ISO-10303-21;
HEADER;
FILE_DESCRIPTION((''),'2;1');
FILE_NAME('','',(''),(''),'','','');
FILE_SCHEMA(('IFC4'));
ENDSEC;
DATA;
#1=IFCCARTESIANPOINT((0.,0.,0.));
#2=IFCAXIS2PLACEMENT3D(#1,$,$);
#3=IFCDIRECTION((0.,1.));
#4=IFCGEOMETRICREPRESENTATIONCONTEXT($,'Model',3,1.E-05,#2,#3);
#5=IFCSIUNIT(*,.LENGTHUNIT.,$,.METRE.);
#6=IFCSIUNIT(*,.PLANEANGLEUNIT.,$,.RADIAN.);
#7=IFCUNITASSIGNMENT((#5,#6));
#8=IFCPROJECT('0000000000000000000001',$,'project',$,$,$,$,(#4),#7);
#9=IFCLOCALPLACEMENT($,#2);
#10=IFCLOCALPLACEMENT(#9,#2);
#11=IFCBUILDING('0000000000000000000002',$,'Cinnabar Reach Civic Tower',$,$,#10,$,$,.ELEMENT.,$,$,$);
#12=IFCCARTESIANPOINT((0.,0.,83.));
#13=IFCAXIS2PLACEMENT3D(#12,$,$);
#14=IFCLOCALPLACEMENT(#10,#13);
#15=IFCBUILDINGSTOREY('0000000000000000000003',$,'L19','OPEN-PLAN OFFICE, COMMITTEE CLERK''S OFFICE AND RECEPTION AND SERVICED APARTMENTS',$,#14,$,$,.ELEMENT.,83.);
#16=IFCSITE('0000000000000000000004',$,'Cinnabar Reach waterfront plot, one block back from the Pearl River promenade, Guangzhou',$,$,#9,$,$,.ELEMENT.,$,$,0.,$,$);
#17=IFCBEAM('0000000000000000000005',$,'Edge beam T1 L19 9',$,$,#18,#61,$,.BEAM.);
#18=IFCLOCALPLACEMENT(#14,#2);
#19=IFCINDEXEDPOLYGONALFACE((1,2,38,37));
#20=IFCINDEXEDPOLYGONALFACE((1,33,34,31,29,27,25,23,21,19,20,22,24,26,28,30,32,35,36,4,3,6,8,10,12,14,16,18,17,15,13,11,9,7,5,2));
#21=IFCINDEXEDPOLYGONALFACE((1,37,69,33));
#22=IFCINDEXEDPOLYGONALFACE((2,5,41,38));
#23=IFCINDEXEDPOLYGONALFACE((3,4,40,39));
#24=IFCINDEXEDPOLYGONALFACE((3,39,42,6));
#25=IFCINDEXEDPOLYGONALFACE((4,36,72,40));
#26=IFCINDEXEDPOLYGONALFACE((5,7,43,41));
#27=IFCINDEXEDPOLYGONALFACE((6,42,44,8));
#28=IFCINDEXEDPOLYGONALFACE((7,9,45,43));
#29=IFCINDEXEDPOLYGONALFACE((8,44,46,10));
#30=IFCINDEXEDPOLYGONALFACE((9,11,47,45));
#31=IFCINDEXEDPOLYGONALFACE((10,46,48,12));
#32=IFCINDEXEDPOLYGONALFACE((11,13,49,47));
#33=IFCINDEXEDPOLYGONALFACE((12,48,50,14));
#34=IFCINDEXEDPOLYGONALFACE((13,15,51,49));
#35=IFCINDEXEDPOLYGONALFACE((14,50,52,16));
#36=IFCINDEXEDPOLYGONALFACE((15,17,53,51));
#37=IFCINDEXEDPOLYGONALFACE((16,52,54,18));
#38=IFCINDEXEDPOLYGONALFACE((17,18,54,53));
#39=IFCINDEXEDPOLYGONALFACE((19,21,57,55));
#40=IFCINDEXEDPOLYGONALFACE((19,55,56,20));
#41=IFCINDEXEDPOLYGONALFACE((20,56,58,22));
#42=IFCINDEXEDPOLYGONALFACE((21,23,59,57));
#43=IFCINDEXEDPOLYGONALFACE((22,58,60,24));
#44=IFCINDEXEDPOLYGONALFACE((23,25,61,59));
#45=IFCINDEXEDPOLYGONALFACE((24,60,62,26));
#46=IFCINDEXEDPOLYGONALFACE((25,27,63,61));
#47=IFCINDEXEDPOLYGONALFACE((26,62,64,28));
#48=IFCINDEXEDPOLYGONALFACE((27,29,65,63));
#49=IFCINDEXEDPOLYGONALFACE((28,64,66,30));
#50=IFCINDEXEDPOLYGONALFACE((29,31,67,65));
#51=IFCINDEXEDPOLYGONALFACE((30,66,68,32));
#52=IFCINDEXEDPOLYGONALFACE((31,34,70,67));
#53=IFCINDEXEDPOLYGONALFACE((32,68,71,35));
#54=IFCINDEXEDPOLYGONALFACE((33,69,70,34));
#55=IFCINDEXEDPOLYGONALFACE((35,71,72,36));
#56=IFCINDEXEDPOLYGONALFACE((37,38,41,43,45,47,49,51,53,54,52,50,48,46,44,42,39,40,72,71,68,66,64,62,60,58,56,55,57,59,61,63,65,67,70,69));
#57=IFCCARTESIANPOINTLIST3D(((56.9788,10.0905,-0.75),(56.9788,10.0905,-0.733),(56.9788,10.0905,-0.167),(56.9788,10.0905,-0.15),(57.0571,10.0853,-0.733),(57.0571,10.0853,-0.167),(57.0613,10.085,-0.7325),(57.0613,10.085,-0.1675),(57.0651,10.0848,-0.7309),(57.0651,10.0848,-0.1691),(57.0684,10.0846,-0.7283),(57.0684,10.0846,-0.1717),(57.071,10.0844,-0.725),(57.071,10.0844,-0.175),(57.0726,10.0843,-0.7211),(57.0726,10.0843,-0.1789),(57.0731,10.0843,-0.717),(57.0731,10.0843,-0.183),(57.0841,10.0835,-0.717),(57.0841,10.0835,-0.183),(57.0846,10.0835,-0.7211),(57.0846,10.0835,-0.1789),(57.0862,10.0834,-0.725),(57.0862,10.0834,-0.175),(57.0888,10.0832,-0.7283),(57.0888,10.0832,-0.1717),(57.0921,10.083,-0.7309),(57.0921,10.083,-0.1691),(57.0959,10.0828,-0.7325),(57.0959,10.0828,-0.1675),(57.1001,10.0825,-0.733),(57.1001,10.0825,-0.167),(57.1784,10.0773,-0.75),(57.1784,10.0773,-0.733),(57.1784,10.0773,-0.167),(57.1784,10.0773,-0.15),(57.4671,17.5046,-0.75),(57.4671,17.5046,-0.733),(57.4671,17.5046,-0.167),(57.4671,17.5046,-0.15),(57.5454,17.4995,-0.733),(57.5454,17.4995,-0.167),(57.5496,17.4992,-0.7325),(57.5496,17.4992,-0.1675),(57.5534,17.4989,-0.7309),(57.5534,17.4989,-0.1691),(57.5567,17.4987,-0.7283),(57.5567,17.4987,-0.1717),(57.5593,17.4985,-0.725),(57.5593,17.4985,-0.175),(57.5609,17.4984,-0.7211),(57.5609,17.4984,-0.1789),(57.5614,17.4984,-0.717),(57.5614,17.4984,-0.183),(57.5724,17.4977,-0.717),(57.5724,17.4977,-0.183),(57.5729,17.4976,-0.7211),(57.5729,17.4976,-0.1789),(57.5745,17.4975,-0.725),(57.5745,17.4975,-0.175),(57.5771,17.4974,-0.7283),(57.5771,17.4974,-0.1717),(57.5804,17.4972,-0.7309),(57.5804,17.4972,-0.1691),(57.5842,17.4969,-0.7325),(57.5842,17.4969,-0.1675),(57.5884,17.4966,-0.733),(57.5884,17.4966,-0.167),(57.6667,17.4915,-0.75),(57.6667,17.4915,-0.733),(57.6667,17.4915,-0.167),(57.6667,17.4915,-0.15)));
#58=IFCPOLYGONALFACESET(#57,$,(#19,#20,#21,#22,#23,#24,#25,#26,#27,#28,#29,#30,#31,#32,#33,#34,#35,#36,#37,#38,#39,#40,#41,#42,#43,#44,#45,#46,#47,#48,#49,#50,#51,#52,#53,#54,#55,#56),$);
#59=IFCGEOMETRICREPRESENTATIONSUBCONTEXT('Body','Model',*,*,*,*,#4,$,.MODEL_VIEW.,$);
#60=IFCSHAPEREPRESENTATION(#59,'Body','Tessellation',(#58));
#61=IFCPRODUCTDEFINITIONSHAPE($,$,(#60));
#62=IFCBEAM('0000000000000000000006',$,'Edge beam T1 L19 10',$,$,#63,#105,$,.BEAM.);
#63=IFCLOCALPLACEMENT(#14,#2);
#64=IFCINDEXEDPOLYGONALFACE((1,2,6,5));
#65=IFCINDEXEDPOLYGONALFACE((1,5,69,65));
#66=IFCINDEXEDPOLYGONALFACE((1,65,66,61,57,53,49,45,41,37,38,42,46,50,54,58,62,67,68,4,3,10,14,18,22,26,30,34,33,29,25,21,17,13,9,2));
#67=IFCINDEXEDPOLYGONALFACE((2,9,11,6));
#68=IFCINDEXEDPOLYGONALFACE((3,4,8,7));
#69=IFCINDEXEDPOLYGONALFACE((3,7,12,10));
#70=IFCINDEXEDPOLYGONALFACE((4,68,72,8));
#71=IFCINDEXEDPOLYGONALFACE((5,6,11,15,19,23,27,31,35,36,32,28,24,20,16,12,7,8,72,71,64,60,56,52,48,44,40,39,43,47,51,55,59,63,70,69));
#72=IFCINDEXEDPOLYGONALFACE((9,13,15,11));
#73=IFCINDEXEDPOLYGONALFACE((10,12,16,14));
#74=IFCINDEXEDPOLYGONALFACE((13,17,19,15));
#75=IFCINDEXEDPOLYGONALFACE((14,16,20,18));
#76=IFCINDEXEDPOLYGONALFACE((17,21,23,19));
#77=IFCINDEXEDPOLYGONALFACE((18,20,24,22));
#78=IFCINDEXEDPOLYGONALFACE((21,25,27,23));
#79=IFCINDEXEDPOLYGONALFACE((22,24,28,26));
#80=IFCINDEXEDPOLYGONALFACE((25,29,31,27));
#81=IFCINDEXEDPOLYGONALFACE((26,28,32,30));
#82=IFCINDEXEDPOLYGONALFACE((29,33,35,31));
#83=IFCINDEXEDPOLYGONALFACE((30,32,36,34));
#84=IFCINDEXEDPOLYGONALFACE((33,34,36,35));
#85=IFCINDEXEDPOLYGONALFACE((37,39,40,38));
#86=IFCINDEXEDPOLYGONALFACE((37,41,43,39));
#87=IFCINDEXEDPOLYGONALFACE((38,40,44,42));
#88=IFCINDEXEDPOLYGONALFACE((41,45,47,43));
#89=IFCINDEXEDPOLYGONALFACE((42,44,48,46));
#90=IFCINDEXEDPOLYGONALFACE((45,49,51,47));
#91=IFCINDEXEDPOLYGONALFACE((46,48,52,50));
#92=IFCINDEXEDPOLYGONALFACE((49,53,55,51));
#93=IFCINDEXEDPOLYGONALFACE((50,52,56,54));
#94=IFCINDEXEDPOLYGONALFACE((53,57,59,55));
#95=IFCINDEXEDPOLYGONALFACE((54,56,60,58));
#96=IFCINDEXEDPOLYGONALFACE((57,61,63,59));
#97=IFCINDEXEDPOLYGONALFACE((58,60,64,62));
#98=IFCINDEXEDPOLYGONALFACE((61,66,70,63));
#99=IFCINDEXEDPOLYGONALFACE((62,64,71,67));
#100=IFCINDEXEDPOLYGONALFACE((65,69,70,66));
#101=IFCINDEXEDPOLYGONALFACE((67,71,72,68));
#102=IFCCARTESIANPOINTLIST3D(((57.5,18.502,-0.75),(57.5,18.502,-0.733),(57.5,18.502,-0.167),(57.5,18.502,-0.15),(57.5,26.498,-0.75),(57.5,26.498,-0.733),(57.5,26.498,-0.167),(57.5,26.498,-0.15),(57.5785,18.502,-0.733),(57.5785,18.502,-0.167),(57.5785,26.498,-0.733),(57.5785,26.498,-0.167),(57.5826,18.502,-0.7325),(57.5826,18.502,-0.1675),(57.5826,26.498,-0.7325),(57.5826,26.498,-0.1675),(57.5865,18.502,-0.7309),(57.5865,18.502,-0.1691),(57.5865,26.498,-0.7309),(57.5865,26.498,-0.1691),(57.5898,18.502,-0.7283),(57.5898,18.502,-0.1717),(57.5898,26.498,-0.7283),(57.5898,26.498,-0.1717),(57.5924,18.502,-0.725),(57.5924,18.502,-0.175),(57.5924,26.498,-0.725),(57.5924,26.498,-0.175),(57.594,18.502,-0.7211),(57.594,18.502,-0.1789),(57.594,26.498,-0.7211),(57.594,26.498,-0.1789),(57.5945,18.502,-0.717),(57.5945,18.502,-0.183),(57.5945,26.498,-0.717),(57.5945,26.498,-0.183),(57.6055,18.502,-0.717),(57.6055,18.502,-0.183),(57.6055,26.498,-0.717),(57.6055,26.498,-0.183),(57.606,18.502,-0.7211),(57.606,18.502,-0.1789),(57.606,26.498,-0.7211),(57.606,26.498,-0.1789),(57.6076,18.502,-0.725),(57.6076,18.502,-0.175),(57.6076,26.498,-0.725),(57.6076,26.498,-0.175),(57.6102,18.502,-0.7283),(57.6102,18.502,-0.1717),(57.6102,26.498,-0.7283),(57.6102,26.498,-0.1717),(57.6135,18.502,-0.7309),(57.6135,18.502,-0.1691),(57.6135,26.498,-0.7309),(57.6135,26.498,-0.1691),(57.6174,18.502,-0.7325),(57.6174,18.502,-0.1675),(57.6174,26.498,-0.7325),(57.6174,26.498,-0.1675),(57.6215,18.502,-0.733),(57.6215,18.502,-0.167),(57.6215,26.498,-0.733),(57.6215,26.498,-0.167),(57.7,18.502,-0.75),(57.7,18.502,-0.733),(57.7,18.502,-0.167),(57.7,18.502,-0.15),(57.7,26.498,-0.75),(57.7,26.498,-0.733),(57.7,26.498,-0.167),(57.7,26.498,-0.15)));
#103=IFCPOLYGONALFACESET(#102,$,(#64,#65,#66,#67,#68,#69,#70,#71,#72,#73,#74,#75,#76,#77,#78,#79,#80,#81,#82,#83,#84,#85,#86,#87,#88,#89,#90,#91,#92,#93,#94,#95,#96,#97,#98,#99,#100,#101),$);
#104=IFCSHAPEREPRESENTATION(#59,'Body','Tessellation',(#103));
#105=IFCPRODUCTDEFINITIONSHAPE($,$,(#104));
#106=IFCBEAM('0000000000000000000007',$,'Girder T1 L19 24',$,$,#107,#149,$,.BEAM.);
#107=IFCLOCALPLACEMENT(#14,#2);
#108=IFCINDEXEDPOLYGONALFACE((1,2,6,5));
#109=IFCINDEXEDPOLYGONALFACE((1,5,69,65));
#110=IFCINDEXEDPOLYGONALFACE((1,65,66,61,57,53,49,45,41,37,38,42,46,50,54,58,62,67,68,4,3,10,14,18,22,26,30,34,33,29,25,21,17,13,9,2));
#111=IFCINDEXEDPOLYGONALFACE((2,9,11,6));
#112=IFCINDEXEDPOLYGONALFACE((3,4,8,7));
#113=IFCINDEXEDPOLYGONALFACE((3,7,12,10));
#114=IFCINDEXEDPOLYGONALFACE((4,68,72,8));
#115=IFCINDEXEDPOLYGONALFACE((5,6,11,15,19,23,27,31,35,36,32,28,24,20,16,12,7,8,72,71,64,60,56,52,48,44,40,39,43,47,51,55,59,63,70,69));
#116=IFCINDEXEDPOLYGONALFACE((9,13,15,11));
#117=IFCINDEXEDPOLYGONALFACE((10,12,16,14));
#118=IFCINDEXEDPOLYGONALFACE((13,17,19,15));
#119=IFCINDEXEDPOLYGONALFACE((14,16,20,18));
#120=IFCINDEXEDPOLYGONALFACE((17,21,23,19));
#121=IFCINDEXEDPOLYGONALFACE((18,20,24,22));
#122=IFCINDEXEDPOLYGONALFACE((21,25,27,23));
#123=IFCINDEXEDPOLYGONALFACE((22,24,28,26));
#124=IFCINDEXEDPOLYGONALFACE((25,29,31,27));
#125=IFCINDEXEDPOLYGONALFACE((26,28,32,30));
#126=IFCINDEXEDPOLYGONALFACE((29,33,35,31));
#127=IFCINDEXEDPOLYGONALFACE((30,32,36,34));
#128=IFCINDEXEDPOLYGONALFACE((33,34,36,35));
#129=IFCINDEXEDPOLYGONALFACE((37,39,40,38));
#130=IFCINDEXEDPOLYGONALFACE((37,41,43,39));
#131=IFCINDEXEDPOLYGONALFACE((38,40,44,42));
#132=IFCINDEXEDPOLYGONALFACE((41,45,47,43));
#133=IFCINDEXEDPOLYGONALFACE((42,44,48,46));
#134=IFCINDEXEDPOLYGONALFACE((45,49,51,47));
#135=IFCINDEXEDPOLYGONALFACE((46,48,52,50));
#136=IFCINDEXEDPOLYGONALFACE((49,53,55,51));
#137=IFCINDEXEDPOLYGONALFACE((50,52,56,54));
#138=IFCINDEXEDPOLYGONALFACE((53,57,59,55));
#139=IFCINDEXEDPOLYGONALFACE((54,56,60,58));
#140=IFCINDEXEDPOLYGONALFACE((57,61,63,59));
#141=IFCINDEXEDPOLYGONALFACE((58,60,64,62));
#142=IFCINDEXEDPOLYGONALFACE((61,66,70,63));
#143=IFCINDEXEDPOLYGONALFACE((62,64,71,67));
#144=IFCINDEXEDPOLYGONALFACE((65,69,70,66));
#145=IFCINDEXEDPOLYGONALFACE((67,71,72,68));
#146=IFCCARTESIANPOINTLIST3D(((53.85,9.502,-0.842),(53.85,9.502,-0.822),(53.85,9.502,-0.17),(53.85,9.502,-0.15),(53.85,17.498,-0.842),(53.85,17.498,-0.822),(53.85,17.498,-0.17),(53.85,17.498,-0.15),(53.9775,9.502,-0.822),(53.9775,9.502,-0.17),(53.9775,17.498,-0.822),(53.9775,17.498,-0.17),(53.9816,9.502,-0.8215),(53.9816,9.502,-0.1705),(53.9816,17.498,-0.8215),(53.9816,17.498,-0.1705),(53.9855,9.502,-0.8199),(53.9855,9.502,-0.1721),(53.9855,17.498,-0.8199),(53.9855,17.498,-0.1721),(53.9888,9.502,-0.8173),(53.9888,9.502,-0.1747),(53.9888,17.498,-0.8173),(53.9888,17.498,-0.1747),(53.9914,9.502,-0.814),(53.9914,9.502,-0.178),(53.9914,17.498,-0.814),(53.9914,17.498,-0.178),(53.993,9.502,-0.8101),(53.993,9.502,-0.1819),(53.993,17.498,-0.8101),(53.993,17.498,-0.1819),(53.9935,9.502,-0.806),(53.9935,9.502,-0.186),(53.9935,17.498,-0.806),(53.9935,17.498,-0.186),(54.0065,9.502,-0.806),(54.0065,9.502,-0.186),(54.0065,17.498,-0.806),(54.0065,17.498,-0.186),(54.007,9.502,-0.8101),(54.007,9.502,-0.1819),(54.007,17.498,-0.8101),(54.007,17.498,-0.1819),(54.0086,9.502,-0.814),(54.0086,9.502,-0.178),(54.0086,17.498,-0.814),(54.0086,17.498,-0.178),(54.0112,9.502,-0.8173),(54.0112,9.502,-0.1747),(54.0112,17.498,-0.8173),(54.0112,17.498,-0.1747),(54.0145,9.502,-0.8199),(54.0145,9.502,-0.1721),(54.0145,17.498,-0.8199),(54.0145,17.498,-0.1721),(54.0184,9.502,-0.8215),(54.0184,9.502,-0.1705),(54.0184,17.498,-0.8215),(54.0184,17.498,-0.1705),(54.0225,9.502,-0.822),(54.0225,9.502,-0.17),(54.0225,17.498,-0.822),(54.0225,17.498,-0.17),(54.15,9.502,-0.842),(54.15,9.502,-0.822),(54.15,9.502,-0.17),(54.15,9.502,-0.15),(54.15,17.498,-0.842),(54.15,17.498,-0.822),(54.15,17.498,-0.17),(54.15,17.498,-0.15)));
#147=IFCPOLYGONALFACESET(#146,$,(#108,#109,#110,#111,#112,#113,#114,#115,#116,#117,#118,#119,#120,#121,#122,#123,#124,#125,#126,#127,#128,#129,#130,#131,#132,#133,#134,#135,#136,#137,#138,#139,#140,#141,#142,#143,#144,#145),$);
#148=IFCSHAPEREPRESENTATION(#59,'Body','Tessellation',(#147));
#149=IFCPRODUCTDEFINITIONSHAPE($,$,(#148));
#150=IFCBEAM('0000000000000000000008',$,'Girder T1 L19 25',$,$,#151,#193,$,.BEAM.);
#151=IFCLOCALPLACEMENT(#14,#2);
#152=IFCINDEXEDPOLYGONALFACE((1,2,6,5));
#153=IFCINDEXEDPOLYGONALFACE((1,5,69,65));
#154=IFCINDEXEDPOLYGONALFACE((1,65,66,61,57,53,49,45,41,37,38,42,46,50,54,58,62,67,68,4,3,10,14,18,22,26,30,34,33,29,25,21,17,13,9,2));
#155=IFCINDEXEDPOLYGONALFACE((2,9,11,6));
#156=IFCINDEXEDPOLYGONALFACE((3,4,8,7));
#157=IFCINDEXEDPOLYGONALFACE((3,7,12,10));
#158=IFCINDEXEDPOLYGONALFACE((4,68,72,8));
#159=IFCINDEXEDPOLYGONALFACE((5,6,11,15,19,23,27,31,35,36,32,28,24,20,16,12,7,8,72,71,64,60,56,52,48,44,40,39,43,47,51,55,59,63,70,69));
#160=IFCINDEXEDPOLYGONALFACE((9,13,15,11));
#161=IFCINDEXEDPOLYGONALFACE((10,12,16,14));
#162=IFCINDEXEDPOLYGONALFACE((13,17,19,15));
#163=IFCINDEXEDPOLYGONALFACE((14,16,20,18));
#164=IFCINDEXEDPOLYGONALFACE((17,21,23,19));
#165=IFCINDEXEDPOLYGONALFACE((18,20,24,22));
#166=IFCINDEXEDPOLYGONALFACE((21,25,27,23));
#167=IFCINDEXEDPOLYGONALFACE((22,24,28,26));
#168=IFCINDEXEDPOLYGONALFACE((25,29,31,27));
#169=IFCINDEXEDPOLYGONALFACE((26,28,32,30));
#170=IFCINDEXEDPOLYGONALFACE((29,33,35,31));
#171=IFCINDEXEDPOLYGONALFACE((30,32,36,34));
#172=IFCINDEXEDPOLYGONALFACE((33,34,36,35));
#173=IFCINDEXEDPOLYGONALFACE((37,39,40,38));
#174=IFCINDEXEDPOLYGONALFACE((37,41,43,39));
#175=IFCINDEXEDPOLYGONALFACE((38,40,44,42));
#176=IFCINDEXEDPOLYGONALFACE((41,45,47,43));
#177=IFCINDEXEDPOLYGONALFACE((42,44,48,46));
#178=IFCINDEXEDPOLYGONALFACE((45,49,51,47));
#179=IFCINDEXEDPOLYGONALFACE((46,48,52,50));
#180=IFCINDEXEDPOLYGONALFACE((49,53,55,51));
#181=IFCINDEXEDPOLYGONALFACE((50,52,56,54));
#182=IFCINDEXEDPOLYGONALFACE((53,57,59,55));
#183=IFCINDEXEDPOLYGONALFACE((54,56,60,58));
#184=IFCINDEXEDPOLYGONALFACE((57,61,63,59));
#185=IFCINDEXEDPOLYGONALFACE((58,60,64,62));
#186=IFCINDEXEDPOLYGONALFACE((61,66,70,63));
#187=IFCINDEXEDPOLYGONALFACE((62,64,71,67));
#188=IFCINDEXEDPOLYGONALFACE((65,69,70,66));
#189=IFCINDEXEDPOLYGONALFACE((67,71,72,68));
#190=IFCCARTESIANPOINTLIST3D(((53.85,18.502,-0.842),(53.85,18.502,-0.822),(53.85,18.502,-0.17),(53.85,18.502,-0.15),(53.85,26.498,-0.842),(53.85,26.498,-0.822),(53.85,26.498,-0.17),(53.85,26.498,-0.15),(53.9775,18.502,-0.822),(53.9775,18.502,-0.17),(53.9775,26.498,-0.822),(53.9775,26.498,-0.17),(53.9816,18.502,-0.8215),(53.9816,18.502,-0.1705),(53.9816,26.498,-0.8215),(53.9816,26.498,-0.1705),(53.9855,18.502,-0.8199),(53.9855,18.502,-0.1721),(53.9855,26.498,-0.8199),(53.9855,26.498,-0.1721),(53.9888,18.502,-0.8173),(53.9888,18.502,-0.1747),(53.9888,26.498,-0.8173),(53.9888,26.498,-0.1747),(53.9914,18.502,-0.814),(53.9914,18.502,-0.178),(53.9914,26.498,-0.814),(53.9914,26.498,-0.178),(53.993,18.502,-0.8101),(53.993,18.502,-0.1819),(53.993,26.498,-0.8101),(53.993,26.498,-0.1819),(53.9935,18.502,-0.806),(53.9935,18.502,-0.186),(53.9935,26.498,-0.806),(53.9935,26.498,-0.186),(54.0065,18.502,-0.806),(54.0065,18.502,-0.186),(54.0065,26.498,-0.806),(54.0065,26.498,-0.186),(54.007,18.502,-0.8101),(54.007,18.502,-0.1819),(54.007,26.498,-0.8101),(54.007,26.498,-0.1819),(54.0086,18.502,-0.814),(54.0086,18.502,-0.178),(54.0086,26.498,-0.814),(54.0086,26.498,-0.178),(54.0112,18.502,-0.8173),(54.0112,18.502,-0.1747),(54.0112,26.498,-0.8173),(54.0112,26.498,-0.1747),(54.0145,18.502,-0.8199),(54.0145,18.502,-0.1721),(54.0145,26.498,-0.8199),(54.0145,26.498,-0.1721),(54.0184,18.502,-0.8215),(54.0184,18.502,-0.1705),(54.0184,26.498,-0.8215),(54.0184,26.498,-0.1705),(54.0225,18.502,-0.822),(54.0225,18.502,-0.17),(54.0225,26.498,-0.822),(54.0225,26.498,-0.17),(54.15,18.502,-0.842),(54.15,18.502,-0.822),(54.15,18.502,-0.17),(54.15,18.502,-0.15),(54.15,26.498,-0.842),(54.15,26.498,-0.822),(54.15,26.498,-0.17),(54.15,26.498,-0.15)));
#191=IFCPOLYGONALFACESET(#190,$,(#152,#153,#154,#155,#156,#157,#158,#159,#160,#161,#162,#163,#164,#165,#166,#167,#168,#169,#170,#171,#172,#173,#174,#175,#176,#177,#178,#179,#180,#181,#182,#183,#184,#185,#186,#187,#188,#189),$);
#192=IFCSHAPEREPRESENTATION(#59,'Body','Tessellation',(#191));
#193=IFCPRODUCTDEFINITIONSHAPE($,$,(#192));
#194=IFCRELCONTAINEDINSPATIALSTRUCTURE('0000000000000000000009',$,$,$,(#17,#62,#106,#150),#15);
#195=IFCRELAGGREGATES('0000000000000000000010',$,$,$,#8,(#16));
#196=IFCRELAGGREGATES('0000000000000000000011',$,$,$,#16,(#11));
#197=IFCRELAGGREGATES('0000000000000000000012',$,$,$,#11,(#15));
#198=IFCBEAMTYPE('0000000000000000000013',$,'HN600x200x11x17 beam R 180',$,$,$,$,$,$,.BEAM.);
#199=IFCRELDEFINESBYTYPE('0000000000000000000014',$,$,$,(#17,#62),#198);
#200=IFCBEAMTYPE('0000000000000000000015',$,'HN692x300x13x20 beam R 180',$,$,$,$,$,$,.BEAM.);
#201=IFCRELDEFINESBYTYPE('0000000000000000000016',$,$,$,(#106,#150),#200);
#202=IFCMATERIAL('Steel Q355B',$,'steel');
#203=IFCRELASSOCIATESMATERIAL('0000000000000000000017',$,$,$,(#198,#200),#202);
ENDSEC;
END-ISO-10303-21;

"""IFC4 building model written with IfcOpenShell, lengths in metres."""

from ifc_helpers import new_model, si_unit, direction, frame, origin, origin_2d, place, context, subcontext, project, spatial, i_section, extrude, material, material_profile, profile_set, type_object, element, save


model = new_model("IFC4")

# Units and contexts
model_context = context("Model", 3, precision=1e-05, world=origin(), true_north=direction((0.0, 1.0)))
body_context = subcontext(model_context, "Body", "Model", "MODEL_VIEW")
ifc_project = project(units=[si_unit("LENGTHUNIT", "METRE"), si_unit("PLANEANGLEUNIT", "RADIAN")], contexts=[model_context])

# Site, building, storey
site_placement = place(None, origin())
site = spatial("IfcSite", under=ifc_project, at=site_placement, Name="Cinnabar Reach waterfront plot, one block back from the Pearl River promenade, Guangzhou", CompositionType="ELEMENT", RefElevation=0.0)
building_placement = place(site_placement, origin())
building = spatial("IfcBuilding", under=site, at=building_placement, Name="Cinnabar Reach Civic Tower", CompositionType="ELEMENT")
storey_placement = place(building_placement, frame((0.0, 0.0, 83.0)))
storey = spatial("IfcBuildingStorey", under=building, at=storey_placement, Name="L19", Description="OPEN-PLAN OFFICE, COMMITTEE CLERK'S OFFICE AND RECEPTION AND SERVICED APARTMENTS", CompositionType="ELEMENT", Elevation=83.0)

# Beams
ifc_material_1 = material(Name="Steel Q355B", Category="steel")
ifc_material_profile_1 = material_profile(ifc_material_1, i_section(OverallWidth=0.2, OverallDepth=0.6, WebThickness=0.011, FlangeThickness=0.017, FilletRadius=0.016, at=origin_2d()), Name="HN600x200x11x17")
ifc_profile_set_1 = profile_set([ifc_material_profile_1], Name="Steel Q355B")
beam_type_1 = type_object("IfcBeamType", Name="HN600x200x11x17 beam R 180", PredefinedType="BEAM", material=ifc_profile_set_1)
beam_1_placement = place(storey_placement, frame((57.0786, 10.0839, -0.45), z_axis=(0.065719, 0.997838, 0.0), x_axis=(-0.997838, 0.065719, 0.0)))
element("IfcBeam", 1, at=beam_1_placement, inside=storey, type_object=beam_type_1, Name="Edge beam T1 L19 9", PredefinedType="BEAM", context=body_context, shape_type="SweptSolid", body=[
    extrude(i_section(OverallWidth=0.2, OverallDepth=0.6, WebThickness=0.011, FlangeThickness=0.017, FilletRadius=0.016, at=origin_2d()), origin(), (0.0, 0.0, 1.0), 7.4302),
])
beam_2_placement = place(storey_placement, frame((57.6, 18.502, -0.45), z_axis=(0.0, 1.0, 0.0), x_axis=(-1.0, 0.0, 0.0)))
element("IfcBeam", 2, at=beam_2_placement, inside=storey, type_object=beam_type_1, Name="Edge beam T1 L19 10", PredefinedType="BEAM", context=body_context, shape_type="SweptSolid", body=[
    extrude(i_section(OverallWidth=0.2, OverallDepth=0.6, WebThickness=0.011, FlangeThickness=0.017, FilletRadius=0.016, at=origin_2d()), origin(), (0.0, 0.0, 1.0), 7.996),
])
ifc_material_profile_2 = material_profile(ifc_material_1, i_section(OverallWidth=0.3, OverallDepth=0.692, WebThickness=0.013, FlangeThickness=0.02, FilletRadius=0.016, at=origin_2d()), Name="HN692x300x13x20")
ifc_profile_set_2 = profile_set([ifc_material_profile_2], Name="Steel Q355B")
beam_type_2 = type_object("IfcBeamType", Name="HN692x300x13x20 beam R 180", PredefinedType="BEAM", material=ifc_profile_set_2)
for number, where, z_axis, x_axis, name in (
    (3, (54.0, 9.502, -0.496), (0.0, 1.0, 0.0), (-1.0, 0.0, 0.0), "Girder T1 L19 24"),
    (4, (54.0, 18.502, -0.496), (0.0, 1.0, 0.0), (-1.0, 0.0, 0.0), "Girder T1 L19 25"),
):
    element("IfcBeam", number, at=place(storey_placement, frame(where, z_axis=z_axis, x_axis=x_axis)), inside=storey, type_object=beam_type_2, Name=name, PredefinedType="BEAM", context=body_context, shape_type="SweptSolid", body=[
        extrude(i_section(OverallWidth=0.3, OverallDepth=0.692, WebThickness=0.013, FlangeThickness=0.02, FilletRadius=0.016, at=origin_2d()), origin(), (0.0, 0.0, 1.0), 7.996),
    ])

save(model, "model.ifc")
